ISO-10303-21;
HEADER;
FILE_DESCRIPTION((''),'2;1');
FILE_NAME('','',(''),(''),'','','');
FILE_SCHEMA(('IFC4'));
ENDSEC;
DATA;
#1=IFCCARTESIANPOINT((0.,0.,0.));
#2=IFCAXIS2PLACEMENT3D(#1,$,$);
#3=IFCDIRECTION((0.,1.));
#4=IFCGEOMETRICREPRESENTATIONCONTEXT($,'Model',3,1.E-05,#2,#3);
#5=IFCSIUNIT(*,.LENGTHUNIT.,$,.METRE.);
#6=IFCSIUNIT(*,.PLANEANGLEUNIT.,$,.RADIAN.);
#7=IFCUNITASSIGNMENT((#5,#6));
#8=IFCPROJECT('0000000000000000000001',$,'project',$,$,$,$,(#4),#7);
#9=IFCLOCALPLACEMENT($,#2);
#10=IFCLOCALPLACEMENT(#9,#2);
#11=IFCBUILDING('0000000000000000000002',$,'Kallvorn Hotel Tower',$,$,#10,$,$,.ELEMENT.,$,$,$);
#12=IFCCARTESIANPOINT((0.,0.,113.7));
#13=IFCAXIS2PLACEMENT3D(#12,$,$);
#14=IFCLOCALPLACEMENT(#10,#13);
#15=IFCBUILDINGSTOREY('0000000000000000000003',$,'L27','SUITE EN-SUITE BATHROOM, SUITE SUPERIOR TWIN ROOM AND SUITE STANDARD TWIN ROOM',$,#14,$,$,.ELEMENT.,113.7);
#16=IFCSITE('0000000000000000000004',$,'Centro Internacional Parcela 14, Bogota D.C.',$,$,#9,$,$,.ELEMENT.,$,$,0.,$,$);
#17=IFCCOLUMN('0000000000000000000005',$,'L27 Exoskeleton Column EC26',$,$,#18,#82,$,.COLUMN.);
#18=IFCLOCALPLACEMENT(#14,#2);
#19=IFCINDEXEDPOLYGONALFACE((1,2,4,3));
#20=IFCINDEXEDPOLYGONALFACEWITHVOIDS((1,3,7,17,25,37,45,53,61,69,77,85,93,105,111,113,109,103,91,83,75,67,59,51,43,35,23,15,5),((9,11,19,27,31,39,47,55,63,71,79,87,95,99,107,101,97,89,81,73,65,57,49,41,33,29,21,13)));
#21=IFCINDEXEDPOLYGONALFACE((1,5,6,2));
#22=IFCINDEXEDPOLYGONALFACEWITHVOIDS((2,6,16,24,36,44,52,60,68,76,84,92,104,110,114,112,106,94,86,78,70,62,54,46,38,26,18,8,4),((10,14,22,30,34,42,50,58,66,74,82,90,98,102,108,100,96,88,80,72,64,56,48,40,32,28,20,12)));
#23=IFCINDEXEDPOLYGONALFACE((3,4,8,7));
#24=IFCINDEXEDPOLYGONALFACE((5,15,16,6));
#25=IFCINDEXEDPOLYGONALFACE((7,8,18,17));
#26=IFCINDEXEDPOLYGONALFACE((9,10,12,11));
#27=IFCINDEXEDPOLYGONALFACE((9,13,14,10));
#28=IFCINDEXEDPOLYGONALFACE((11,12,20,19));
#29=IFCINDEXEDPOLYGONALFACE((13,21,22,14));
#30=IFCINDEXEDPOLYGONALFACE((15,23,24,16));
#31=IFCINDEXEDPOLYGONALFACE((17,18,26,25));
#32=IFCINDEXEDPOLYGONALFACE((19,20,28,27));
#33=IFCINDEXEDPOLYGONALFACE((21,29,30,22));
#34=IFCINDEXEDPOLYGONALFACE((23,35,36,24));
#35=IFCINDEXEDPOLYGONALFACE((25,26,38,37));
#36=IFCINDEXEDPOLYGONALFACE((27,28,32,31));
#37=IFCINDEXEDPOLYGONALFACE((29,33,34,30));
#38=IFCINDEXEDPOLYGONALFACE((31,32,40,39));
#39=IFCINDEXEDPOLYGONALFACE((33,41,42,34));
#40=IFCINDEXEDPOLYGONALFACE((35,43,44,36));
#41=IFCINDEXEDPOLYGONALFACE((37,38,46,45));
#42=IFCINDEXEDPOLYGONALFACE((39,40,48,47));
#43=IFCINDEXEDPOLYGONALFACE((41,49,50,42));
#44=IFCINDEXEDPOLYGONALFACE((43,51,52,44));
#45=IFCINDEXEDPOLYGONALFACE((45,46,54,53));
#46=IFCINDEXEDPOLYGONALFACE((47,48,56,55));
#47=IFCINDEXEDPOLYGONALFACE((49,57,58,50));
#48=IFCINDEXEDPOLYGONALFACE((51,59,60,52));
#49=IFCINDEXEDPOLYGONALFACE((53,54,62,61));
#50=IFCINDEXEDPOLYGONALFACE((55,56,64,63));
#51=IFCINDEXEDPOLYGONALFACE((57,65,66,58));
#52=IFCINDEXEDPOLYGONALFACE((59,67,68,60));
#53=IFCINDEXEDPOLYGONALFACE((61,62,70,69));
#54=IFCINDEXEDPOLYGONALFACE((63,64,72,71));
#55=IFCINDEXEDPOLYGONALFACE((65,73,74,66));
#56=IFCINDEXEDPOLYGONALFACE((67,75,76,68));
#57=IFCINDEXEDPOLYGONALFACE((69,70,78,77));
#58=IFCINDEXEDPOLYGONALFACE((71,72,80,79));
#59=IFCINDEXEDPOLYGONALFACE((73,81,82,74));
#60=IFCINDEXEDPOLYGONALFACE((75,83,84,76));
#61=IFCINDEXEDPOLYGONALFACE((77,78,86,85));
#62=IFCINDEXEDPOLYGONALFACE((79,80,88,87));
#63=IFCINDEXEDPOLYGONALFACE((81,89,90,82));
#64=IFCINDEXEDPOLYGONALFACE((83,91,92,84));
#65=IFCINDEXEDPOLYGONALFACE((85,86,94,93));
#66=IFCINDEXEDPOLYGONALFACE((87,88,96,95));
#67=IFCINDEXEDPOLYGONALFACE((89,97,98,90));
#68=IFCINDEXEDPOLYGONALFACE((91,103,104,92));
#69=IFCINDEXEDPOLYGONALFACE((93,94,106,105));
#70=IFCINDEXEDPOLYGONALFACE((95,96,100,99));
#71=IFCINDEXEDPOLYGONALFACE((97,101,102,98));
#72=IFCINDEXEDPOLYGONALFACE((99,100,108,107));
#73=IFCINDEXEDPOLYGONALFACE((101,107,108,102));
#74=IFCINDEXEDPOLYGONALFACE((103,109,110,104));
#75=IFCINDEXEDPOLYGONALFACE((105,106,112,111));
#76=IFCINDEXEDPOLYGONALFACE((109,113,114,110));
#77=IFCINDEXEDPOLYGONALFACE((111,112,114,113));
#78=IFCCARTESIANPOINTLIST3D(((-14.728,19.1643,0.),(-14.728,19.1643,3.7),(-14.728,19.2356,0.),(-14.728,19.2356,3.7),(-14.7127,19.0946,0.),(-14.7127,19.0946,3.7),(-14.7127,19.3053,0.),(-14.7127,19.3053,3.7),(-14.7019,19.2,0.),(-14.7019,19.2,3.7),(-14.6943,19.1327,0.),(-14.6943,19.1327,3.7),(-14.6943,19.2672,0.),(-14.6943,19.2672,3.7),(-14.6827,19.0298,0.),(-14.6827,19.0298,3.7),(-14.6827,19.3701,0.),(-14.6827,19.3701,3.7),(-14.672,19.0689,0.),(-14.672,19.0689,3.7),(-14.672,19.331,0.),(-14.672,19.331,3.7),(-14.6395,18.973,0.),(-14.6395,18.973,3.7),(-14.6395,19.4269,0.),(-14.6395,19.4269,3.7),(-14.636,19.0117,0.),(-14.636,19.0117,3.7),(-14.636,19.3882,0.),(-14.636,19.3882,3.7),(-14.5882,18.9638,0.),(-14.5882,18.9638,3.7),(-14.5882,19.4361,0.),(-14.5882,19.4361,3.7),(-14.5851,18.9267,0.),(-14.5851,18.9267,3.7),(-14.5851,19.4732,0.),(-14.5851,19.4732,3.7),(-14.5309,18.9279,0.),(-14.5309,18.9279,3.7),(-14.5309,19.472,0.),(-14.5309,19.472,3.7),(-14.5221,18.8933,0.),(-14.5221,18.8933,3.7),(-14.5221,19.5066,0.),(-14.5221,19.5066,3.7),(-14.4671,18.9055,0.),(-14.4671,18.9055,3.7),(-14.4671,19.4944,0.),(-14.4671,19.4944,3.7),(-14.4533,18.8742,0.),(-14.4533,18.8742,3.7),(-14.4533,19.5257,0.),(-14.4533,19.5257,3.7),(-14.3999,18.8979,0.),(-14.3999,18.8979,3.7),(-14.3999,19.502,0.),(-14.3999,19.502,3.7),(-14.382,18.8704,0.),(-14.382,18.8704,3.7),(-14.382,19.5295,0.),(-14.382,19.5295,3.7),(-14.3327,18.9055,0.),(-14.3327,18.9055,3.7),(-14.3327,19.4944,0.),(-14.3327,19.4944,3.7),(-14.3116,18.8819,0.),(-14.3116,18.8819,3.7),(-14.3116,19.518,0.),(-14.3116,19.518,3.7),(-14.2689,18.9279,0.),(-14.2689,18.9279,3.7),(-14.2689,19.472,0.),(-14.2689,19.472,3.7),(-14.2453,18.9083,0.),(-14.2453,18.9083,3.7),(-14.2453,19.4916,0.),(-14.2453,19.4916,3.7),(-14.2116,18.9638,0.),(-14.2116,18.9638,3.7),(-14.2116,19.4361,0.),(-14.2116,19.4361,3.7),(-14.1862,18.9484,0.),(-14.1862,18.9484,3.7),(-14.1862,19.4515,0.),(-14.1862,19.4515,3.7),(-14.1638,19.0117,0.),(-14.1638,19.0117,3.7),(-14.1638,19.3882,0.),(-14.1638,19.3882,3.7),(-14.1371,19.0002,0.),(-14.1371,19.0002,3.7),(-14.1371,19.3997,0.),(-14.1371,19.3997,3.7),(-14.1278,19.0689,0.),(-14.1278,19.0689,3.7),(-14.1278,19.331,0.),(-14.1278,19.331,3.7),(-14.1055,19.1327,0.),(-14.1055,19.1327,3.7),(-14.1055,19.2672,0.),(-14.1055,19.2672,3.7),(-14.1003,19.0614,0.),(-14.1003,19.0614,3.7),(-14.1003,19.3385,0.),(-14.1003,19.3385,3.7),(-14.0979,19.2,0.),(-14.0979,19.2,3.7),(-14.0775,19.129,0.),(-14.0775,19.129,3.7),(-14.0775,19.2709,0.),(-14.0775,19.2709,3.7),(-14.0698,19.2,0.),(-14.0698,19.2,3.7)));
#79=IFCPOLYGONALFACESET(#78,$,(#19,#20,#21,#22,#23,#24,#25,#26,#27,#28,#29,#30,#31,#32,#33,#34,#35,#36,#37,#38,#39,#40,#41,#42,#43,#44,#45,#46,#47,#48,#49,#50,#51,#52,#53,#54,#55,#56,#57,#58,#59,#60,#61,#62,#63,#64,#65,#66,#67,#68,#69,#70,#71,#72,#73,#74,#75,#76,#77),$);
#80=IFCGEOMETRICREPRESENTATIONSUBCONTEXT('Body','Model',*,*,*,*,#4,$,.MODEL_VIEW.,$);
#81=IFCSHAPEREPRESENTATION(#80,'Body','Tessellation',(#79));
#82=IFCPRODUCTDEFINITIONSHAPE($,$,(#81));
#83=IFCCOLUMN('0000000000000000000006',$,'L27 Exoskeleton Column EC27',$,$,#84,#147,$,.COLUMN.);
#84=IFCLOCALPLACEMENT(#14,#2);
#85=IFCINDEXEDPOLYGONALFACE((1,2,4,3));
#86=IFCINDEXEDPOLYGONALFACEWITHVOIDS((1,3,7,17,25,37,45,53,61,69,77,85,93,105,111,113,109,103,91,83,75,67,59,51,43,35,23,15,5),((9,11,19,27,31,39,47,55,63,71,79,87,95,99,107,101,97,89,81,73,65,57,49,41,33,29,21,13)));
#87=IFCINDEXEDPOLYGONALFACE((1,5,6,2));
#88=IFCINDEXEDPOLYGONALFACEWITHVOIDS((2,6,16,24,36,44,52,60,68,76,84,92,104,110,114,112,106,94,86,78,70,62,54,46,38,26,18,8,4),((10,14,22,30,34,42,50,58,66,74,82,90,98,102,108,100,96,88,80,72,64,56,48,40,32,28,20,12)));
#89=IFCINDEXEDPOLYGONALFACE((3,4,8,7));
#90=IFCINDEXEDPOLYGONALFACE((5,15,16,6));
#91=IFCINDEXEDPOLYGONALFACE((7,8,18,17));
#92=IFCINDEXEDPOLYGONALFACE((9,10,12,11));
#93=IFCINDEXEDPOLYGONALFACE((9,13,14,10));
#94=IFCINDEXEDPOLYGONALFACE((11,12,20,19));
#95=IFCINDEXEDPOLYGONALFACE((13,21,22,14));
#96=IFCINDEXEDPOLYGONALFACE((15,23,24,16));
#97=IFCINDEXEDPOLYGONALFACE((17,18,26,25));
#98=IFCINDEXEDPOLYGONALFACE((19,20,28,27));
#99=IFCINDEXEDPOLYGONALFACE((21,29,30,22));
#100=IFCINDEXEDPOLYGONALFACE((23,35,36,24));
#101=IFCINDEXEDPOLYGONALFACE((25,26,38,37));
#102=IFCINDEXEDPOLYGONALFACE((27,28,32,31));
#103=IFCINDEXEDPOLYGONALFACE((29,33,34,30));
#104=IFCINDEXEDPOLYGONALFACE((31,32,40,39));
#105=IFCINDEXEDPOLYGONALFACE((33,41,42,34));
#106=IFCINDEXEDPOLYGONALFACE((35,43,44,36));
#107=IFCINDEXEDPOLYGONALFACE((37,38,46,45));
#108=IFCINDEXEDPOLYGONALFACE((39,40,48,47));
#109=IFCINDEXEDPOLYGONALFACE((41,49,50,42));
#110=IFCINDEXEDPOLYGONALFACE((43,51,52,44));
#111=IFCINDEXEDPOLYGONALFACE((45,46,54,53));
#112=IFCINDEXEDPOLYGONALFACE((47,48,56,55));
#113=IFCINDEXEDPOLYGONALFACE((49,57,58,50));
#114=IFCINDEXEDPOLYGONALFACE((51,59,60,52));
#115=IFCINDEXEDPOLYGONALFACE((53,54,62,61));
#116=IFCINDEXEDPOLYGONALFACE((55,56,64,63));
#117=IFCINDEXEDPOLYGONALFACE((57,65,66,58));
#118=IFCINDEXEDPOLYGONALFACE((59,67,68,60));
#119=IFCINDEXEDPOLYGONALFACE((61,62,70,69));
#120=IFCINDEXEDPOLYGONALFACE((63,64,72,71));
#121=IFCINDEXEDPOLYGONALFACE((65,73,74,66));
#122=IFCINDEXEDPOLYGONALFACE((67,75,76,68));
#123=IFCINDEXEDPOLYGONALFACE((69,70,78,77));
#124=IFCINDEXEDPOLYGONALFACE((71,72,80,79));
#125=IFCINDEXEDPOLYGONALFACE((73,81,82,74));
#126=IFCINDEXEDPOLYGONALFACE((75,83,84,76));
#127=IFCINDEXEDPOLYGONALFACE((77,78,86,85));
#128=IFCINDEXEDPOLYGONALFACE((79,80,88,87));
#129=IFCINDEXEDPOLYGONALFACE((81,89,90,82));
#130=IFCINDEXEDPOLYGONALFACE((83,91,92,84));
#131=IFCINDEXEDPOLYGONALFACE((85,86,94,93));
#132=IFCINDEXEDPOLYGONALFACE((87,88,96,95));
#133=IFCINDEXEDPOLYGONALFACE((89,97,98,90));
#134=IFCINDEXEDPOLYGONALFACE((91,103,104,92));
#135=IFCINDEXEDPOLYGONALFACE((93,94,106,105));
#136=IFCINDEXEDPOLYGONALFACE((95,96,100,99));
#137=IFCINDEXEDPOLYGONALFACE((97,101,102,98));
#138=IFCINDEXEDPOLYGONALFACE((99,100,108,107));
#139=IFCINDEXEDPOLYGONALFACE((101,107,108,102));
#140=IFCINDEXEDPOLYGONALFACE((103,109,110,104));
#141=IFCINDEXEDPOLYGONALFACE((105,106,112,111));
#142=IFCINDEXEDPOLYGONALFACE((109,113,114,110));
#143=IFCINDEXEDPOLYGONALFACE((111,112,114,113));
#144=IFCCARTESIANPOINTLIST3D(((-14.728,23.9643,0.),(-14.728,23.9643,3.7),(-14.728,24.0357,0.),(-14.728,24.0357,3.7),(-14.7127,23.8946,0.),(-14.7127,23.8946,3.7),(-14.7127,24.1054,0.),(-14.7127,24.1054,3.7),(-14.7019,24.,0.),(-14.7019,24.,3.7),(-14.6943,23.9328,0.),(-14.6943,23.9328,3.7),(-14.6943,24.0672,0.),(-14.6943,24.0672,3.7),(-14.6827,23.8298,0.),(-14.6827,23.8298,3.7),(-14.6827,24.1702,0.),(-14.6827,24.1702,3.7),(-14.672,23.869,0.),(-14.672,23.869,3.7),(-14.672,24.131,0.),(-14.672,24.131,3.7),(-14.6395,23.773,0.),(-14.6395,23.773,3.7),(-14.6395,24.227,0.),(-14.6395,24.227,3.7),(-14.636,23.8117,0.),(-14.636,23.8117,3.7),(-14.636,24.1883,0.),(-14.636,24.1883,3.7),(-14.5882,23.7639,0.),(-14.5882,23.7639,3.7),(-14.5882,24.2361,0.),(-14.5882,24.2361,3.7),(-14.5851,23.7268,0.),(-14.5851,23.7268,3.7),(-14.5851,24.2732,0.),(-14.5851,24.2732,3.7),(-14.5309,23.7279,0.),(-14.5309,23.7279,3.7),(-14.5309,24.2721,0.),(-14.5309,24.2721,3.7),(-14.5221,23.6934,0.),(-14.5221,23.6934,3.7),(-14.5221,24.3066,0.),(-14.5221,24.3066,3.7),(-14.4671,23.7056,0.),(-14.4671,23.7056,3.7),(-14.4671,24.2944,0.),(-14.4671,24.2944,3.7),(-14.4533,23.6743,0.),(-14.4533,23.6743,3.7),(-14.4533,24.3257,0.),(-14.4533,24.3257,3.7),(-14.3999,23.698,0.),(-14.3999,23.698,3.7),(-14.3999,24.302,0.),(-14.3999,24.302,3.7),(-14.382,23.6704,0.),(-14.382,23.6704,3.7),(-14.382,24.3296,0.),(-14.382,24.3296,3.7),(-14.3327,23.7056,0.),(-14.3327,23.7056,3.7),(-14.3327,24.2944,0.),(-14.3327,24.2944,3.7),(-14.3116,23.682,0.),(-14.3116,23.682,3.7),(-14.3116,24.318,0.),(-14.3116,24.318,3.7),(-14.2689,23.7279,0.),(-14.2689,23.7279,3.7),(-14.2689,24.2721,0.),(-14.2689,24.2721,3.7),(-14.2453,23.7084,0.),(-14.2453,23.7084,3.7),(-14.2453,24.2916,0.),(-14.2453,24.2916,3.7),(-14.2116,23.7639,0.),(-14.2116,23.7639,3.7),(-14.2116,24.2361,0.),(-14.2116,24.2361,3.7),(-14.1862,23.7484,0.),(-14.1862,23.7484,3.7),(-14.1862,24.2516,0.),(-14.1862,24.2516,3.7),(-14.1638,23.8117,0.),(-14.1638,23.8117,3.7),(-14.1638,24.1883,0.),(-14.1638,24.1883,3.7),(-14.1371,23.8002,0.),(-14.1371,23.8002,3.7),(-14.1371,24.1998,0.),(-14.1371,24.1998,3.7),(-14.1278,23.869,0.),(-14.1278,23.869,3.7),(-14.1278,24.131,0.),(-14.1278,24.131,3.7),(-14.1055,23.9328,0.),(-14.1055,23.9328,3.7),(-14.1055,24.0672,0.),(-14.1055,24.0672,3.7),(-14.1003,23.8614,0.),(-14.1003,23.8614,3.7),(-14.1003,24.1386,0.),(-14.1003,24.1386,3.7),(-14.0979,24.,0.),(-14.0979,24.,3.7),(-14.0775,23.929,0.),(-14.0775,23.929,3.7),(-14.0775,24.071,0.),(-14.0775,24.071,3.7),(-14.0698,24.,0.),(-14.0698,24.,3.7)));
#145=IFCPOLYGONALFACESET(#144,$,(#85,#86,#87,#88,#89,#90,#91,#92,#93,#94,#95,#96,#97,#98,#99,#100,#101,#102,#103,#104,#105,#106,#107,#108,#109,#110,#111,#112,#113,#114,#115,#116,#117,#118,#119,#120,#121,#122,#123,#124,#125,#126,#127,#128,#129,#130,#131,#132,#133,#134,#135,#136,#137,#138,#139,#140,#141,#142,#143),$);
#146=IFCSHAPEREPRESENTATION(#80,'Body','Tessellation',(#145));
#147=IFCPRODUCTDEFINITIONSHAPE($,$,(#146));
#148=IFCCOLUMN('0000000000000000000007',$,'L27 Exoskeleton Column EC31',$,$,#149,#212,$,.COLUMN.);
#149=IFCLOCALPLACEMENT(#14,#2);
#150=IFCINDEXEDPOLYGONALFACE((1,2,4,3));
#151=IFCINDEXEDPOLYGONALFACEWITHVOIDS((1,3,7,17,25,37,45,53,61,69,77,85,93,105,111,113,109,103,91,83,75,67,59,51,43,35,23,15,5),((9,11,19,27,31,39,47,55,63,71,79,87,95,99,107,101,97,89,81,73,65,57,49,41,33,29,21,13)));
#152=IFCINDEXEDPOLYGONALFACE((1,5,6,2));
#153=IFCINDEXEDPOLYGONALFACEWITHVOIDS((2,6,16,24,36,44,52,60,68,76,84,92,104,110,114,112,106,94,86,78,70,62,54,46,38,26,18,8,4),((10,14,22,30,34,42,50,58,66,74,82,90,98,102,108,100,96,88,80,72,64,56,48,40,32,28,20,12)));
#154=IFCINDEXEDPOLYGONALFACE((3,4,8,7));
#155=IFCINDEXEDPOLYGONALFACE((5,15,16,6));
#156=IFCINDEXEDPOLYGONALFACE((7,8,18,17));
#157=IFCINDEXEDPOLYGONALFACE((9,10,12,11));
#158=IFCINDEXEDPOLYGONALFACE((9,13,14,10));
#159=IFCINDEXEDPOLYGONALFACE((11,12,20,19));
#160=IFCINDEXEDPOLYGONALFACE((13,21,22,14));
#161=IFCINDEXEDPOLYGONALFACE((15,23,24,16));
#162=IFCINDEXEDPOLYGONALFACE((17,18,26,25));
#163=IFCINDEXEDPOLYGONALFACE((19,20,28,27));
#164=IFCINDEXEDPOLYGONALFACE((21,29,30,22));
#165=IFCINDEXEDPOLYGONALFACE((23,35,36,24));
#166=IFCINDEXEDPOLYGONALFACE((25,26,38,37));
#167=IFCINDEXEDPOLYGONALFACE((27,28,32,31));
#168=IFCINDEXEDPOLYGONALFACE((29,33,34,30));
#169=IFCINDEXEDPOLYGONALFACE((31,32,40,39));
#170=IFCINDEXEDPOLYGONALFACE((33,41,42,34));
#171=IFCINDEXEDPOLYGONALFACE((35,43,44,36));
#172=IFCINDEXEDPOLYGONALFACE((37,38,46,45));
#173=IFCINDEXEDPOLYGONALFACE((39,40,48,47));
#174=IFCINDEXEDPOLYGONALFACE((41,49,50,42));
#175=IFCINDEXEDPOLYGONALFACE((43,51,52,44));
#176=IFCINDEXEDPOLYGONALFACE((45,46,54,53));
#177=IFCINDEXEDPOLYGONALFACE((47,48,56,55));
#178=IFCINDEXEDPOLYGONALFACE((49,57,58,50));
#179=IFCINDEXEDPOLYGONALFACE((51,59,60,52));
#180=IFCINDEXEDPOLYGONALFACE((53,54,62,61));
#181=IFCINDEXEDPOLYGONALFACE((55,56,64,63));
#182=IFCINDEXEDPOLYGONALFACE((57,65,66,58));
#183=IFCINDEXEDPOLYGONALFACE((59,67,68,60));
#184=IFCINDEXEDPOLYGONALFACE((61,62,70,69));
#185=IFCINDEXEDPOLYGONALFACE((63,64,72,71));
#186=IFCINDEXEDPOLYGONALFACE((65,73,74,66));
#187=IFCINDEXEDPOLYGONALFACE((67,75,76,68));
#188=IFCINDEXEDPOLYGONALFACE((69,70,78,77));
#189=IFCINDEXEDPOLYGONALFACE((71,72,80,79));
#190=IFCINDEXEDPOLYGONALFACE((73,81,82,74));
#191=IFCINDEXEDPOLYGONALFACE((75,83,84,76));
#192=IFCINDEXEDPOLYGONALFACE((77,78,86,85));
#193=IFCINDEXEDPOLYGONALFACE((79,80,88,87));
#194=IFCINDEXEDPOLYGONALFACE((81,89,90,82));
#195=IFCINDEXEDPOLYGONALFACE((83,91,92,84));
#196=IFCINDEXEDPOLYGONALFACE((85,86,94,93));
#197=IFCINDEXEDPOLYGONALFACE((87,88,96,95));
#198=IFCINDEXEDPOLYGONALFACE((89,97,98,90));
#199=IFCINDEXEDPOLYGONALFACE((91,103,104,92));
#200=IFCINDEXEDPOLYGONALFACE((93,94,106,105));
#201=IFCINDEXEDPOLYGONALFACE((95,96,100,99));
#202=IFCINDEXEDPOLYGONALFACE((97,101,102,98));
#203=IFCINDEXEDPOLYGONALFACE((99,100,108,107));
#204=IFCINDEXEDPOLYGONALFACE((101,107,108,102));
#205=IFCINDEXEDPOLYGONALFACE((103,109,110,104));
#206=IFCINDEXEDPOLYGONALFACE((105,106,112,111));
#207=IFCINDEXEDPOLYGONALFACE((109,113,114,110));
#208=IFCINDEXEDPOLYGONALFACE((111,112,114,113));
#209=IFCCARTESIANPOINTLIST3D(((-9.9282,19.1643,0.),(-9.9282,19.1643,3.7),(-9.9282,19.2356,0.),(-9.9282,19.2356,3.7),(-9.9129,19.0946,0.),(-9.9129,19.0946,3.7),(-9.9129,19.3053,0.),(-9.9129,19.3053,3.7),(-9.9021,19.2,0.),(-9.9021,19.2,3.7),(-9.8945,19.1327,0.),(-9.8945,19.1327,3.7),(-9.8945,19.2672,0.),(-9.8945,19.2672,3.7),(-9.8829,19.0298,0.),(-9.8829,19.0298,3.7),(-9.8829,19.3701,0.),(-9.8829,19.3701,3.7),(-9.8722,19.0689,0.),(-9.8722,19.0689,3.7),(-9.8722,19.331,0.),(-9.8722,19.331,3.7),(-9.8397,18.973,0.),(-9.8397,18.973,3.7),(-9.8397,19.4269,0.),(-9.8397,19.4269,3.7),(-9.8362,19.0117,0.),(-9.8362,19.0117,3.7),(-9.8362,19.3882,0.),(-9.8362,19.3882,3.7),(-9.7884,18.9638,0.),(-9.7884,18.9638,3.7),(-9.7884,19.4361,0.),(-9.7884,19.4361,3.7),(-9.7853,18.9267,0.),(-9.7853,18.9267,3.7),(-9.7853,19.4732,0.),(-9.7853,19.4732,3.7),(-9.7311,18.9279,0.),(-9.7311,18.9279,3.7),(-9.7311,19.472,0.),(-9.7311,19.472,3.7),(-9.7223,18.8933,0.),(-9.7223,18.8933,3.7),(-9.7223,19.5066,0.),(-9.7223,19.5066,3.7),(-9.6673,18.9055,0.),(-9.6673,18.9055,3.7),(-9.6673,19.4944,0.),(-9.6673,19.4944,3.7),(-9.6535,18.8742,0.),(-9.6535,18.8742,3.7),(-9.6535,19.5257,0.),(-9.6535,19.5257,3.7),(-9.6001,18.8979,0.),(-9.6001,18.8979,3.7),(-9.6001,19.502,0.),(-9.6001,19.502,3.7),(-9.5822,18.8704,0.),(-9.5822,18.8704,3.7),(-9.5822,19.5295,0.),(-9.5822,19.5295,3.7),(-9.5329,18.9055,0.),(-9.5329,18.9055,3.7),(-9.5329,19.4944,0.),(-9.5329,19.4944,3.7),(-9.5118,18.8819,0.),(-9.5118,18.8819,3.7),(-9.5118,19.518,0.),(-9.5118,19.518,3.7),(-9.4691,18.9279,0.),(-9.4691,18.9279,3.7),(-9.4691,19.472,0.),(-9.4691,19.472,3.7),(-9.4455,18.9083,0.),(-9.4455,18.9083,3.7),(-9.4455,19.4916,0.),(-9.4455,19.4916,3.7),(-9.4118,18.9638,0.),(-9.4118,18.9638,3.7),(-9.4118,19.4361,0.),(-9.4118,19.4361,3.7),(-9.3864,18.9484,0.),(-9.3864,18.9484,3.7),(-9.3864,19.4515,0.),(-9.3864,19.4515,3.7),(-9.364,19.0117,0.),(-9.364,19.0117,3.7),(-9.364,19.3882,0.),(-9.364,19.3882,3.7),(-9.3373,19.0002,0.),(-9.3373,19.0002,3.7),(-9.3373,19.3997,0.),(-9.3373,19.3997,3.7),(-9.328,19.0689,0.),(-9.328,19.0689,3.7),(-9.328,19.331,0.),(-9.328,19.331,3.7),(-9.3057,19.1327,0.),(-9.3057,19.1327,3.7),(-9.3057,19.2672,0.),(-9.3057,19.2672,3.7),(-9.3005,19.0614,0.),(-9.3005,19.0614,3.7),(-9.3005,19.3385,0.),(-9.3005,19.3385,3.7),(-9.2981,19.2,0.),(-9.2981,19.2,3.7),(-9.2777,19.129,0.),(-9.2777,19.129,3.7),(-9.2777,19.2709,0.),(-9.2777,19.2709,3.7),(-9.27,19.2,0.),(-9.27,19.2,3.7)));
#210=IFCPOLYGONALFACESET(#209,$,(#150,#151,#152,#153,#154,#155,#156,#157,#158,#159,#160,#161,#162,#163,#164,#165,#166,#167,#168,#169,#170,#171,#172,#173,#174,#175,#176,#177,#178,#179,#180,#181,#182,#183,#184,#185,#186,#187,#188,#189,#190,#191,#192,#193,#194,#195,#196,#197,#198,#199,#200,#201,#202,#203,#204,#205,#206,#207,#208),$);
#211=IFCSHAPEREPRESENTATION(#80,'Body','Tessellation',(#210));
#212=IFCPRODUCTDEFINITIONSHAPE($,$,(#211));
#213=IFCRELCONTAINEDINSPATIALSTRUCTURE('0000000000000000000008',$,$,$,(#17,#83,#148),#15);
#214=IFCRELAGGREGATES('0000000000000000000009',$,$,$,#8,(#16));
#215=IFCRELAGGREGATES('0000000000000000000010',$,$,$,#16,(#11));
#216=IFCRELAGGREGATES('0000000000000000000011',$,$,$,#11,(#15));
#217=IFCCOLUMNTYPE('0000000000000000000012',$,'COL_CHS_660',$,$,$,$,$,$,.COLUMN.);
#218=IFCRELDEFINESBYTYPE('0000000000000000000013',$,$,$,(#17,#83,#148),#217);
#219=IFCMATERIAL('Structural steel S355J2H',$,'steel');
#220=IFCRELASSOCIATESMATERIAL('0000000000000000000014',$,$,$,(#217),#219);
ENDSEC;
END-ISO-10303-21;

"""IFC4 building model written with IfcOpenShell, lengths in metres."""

from ifc_helpers import new_model, si_unit, direction, frame, origin, origin_2d, place, context, subcontext, project, spatial, hollow_circle, extrude, material, material_profile, profile_set, type_object, element, save


model = new_model("IFC4")

# Units and contexts
model_context = context("Model", 3, precision=1e-05, world=origin(), true_north=direction((0.0, 1.0)))
body_context = subcontext(model_context, "Body", "Model", "MODEL_VIEW")
ifc_project = project(units=[si_unit("LENGTHUNIT", "METRE"), si_unit("PLANEANGLEUNIT", "RADIAN")], contexts=[model_context])

# Site, building, storey
site_placement = place(None, origin())
site = spatial("IfcSite", under=ifc_project, at=site_placement, Name="Centro Internacional Parcela 14, Bogota D.C.", CompositionType="ELEMENT", RefElevation=0.0)
building_placement = place(site_placement, origin())
building = spatial("IfcBuilding", under=site, at=building_placement, Name="Kallvorn Hotel Tower", CompositionType="ELEMENT")
storey_placement = place(building_placement, frame((0.0, 0.0, 113.7)))
storey = spatial("IfcBuildingStorey", under=building, at=storey_placement, Name="L27", Description="SUITE EN-SUITE BATHROOM, SUITE SUPERIOR TWIN ROOM AND SUITE STANDARD TWIN ROOM", CompositionType="ELEMENT", Elevation=113.7)

# Columns
ifc_material_1 = material(Name="Structural steel S355J2H", Category="steel")
ifc_material_profile_1 = material_profile(ifc_material_1, hollow_circle(Radius=0.3301, WallThickness=0.0281, at=origin_2d()), Name="CHS 660x28")
ifc_profile_set_1 = profile_set([ifc_material_profile_1], Name="Structural steel S355J2H")
column_type_1 = type_object("IfcColumnType", Name="COL_CHS_660", PredefinedType="COLUMN", material=ifc_profile_set_1)
for number, where, z_axis, x_axis, name in (
    (1, (-14.3999, 19.2, 0.0), (0.0, 0.0, 1.0), (1.0, 0.0, 0.0), "L27 Exoskeleton Column EC26"),
    (2, (-14.3999, 24.0, 0.0), (0.0, 0.0, 1.0), (1.0, 0.0, 0.0), "L27 Exoskeleton Column EC27"),
    (3, (-9.6001, 19.2, 0.0), (0.0, 0.0, 1.0), (1.0, 0.0, 0.0), "L27 Exoskeleton Column EC31"),
):
    element("IfcColumn", number, at=place(storey_placement, frame(where, z_axis=z_axis, x_axis=x_axis)), inside=storey, type_object=column_type_1, Name=name, PredefinedType="COLUMN", context=body_context, shape_type="SweptSolid", body=[
        extrude(hollow_circle(Radius=0.3301, WallThickness=0.0281, at=origin_2d()), origin(), (0.0, 0.0, 1.0), 3.7),
    ])

save(model, "model.ifc")
